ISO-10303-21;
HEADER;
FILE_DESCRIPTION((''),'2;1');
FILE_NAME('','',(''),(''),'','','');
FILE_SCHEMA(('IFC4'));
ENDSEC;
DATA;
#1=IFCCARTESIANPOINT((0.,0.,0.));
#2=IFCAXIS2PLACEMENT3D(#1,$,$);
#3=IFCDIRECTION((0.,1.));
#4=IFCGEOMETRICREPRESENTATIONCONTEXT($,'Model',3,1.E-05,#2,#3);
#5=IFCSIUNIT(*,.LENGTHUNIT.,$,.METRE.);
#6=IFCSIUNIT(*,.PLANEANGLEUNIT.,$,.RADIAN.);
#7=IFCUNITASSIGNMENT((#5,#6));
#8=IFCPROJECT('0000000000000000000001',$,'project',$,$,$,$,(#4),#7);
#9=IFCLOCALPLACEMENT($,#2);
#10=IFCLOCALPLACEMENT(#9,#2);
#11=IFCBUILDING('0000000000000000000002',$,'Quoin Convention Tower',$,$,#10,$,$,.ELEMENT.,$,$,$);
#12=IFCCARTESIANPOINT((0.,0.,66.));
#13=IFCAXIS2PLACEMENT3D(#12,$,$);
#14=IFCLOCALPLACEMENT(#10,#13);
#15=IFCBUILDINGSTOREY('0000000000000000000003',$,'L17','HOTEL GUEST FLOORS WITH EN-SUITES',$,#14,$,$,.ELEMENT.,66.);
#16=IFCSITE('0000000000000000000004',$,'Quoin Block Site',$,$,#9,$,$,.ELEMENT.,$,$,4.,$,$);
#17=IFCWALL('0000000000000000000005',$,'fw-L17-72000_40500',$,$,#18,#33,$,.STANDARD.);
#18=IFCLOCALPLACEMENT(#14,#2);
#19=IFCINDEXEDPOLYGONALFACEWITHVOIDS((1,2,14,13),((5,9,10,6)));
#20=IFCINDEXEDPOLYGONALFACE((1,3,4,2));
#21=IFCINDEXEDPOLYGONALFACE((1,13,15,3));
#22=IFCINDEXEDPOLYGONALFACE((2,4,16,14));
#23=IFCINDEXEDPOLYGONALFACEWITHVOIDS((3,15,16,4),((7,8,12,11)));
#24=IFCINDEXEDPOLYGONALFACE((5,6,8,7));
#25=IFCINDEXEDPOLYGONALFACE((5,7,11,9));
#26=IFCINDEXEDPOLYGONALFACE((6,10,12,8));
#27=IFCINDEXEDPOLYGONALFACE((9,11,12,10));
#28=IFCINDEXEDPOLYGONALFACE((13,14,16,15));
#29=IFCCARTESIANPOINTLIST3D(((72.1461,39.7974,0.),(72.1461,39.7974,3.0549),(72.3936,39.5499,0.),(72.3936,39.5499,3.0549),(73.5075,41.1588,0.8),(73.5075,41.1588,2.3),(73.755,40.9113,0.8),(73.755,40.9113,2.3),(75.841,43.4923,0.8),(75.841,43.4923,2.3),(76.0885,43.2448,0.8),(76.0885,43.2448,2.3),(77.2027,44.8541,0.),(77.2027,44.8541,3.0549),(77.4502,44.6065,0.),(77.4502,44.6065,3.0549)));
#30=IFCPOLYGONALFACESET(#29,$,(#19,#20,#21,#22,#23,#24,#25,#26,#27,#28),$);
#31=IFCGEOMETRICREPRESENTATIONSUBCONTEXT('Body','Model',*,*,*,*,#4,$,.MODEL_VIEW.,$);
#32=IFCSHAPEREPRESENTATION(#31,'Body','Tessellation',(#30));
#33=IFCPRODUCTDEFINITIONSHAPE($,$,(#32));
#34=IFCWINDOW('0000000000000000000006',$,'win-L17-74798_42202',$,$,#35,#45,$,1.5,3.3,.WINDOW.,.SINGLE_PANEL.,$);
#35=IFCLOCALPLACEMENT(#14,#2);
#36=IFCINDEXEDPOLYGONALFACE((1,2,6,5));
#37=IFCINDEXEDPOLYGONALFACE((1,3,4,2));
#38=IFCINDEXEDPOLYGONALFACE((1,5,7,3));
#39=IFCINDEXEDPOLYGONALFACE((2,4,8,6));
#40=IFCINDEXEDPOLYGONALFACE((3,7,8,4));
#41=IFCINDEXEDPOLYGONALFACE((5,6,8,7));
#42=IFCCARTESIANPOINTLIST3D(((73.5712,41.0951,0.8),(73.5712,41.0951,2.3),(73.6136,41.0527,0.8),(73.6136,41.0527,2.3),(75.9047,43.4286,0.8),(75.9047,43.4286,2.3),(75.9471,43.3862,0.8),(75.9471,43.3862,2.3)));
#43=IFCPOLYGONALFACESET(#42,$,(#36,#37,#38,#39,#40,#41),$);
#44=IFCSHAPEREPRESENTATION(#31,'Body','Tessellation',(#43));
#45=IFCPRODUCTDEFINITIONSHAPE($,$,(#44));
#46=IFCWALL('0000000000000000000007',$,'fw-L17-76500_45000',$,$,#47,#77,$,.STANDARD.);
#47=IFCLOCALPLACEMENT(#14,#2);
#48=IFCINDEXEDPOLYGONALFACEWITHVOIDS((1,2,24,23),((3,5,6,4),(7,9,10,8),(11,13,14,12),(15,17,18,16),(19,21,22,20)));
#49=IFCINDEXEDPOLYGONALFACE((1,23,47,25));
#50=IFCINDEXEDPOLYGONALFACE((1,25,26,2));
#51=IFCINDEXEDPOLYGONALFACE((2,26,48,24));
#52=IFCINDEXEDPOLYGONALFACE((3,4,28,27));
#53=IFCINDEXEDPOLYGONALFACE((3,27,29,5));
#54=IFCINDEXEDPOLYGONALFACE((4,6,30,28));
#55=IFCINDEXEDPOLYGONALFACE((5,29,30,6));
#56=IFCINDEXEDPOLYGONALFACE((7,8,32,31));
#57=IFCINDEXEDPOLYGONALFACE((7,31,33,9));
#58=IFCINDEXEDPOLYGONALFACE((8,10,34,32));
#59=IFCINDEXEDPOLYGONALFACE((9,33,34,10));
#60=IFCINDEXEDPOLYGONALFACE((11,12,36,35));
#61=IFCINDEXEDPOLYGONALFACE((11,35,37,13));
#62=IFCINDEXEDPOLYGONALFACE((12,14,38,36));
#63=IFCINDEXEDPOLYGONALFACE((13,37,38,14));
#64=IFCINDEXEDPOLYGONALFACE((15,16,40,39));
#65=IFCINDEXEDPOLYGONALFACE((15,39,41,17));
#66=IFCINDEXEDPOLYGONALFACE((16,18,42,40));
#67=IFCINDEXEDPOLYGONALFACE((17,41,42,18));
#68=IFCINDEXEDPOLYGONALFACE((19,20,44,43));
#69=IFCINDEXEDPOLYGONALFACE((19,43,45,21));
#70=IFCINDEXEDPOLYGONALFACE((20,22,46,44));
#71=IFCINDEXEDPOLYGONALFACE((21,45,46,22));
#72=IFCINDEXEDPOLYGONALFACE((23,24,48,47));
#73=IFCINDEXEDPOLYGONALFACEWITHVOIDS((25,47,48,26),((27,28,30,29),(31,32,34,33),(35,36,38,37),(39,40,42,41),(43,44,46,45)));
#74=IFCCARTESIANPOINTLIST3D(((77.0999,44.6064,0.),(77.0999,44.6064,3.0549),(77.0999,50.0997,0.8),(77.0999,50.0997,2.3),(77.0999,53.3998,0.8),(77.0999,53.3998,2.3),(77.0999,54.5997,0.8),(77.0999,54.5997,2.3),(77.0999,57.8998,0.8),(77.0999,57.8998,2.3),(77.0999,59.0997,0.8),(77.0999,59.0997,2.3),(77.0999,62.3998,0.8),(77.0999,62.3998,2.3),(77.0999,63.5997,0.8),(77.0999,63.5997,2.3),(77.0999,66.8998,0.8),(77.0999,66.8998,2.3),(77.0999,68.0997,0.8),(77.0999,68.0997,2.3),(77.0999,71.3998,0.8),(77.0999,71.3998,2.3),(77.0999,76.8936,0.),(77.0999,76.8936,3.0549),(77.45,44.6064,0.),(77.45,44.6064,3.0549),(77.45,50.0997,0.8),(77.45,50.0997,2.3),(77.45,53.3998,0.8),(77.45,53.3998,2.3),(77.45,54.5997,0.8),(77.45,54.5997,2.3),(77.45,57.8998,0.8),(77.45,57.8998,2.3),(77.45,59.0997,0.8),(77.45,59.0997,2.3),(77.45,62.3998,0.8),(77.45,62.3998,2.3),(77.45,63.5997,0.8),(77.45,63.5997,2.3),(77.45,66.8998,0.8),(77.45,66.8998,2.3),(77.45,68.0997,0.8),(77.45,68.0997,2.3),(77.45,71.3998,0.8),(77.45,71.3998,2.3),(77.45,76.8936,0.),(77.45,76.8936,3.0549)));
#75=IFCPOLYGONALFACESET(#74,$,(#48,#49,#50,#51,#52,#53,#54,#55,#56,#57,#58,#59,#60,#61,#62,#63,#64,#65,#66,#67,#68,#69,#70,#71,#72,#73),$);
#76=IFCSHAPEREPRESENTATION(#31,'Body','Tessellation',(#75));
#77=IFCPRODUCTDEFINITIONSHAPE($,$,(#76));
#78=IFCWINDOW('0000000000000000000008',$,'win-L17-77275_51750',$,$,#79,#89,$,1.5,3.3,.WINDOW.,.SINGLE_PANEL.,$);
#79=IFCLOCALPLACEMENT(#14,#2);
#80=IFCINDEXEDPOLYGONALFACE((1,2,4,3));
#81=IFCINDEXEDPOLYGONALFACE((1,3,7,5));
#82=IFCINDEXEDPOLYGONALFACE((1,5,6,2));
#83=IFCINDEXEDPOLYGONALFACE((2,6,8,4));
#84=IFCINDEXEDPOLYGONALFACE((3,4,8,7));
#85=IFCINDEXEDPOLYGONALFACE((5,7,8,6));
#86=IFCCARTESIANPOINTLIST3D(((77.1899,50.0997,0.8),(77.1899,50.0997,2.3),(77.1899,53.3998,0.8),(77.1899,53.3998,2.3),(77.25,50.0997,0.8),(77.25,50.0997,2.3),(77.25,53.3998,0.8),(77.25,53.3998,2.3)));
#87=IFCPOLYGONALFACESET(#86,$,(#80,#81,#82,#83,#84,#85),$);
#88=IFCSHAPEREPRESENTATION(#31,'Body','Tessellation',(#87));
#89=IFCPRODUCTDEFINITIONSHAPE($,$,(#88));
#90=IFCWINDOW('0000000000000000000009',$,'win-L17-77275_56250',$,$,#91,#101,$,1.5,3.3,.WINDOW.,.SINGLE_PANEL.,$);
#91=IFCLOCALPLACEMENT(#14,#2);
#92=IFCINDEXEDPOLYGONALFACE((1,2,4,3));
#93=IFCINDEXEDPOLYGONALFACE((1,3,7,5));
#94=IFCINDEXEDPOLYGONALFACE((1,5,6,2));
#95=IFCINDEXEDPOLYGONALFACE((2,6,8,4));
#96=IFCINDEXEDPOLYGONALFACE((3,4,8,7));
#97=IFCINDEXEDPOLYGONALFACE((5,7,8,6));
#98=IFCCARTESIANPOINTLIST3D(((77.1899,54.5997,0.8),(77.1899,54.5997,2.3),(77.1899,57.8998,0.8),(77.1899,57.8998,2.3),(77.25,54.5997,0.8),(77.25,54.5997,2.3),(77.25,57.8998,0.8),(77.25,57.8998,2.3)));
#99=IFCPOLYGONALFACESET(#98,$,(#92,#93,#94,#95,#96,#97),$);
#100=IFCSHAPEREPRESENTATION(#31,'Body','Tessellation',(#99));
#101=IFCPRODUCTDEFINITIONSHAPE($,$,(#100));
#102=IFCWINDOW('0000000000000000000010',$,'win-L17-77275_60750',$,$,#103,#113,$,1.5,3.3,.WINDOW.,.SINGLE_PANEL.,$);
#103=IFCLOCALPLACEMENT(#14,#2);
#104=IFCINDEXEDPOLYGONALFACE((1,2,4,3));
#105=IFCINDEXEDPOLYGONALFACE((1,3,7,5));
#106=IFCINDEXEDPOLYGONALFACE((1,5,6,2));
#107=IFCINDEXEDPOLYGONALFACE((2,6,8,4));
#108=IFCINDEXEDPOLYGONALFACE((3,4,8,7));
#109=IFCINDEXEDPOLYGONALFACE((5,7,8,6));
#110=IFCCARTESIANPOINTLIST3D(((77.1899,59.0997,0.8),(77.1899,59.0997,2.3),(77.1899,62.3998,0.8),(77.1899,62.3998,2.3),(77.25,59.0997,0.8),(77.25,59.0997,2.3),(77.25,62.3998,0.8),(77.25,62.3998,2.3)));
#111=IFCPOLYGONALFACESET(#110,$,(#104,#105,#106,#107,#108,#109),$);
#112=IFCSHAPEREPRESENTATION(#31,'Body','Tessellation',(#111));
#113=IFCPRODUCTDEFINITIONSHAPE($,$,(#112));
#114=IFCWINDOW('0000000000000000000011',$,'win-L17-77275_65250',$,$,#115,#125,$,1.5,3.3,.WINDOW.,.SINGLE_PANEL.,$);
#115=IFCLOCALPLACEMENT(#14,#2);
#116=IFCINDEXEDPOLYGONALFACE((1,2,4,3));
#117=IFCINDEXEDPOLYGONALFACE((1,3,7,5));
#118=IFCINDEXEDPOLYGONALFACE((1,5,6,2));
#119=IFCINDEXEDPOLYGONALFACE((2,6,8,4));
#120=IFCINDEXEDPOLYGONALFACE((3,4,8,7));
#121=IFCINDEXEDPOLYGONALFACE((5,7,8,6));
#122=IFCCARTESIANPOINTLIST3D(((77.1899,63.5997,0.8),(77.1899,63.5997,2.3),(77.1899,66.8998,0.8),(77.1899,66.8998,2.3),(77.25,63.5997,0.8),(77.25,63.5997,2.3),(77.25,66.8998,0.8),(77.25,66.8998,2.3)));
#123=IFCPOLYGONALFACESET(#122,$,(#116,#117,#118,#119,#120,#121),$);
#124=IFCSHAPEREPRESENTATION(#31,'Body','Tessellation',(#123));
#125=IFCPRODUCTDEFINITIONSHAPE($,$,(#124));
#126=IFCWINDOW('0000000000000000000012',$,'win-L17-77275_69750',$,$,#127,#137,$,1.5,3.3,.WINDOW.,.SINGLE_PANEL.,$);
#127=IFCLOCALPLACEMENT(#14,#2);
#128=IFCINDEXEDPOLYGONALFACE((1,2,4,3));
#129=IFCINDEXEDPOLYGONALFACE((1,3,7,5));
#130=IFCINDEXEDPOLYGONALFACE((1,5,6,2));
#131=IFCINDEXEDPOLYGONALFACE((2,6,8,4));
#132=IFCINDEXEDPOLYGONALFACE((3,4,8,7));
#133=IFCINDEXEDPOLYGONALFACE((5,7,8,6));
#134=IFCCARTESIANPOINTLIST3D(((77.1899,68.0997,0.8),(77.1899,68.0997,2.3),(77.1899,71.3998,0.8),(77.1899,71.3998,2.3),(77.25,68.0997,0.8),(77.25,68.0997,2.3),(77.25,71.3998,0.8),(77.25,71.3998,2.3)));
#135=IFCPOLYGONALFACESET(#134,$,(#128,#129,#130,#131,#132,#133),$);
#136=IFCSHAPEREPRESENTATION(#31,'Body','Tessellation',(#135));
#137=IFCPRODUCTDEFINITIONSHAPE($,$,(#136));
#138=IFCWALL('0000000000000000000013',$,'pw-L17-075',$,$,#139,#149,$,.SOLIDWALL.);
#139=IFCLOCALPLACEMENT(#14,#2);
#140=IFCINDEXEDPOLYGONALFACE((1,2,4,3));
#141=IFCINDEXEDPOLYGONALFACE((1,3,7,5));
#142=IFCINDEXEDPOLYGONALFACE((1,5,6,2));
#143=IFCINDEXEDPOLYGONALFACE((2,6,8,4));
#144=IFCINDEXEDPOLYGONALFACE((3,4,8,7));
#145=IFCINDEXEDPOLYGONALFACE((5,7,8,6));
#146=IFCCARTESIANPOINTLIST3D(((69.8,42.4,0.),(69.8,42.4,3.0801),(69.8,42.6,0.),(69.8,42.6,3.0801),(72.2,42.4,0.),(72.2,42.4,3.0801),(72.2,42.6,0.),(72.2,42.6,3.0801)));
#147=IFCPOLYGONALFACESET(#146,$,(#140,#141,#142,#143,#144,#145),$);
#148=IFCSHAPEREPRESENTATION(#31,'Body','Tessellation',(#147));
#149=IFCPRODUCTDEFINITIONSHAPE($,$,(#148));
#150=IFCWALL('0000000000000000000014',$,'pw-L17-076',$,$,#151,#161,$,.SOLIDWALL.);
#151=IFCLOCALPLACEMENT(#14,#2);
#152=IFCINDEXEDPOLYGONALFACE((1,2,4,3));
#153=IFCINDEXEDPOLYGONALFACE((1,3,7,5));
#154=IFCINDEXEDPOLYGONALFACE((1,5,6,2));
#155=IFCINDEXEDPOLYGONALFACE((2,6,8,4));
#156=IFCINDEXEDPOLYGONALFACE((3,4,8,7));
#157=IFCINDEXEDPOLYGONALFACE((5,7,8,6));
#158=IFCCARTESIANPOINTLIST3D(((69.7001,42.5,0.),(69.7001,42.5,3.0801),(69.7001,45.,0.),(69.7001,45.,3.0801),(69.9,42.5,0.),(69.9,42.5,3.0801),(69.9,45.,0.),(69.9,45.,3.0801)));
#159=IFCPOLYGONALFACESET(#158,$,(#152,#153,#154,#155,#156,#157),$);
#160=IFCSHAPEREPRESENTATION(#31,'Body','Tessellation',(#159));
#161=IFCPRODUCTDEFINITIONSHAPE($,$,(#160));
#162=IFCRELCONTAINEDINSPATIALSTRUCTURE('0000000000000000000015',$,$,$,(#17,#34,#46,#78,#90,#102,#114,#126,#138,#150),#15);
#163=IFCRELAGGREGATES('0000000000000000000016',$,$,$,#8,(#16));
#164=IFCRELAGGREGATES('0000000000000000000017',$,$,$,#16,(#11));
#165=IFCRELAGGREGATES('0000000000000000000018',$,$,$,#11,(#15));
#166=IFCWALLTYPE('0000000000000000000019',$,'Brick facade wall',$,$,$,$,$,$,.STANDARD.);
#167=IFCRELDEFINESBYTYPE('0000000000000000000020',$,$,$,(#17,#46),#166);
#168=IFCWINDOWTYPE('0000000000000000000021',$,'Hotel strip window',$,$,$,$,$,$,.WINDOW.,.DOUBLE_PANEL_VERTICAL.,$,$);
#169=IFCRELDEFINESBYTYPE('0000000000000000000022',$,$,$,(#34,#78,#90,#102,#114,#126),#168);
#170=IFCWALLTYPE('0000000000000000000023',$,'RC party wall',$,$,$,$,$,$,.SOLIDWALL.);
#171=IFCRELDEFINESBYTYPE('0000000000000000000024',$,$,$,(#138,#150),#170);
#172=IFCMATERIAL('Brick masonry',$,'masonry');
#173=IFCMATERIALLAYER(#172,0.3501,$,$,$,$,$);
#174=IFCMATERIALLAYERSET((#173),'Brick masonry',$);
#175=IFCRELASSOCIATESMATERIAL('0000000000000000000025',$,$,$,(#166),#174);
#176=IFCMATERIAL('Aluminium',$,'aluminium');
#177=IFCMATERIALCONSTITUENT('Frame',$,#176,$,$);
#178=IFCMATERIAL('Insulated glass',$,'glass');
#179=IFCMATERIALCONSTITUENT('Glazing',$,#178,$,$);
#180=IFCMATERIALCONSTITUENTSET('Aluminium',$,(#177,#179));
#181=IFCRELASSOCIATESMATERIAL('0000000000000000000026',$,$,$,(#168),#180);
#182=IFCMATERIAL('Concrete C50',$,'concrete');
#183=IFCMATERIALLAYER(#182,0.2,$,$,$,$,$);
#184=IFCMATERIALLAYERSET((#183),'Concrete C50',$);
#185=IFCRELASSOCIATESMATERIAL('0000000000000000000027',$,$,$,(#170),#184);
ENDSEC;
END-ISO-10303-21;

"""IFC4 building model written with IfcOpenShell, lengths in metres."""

from ifc_helpers import new_model, si_unit, direction, frame, frame_2d, origin, place, context, subcontext, project, spatial, rectangle, extrude, material, layer, layer_set, constituent, constituent_set, type_object, element, fill, save


model = new_model("IFC4")

# Units and contexts
model_context = context("Model", 3, precision=1e-05, world=origin(), true_north=direction((0.0, 1.0)))
body_context = subcontext(model_context, "Body", "Model", "MODEL_VIEW")
ifc_project = project(units=[si_unit("LENGTHUNIT", "METRE"), si_unit("PLANEANGLEUNIT", "RADIAN")], contexts=[model_context])

# Site, building, storey
site_placement = place(None, origin())
site = spatial("IfcSite", under=ifc_project, at=site_placement, Name="Quoin Block Site", CompositionType="ELEMENT", RefElevation=4.0)
building_placement = place(site_placement, origin())
building = spatial("IfcBuilding", under=site, at=building_placement, Name="Quoin Convention Tower", CompositionType="ELEMENT")
storey_placement = place(building_placement, frame((0.0, 0.0, 66.0)))
storey = spatial("IfcBuildingStorey", under=building, at=storey_placement, Name="L17", Description="HOTEL GUEST FLOORS WITH EN-SUITES", CompositionType="ELEMENT", Elevation=66.0)

# Wall, opening, window
ifc_material_1 = material(Name="Brick masonry", Category="masonry")
ifc_layer_1 = layer(ifc_material_1, 0.3501)
ifc_layer_set_1 = layer_set([ifc_layer_1], Name="Brick masonry")
wall_type_1 = type_object("IfcWallType", Name="Brick facade wall", PredefinedType="STANDARD", material=ifc_layer_set_1)
wall_1_placement = place(storey_placement, frame((72.2698, 39.6736, 0.0), z_axis=(0.0, 0.0, 1.0), x_axis=(0.707107, 0.707107, 0.0)))
wall_1 = element("IfcWall", 1, at=wall_1_placement, inside=storey, type_object=wall_type_1, Name="fw-L17-72000_40500", PredefinedType="STANDARD", context=body_context, shape_type="SweptSolid", body=[
    extrude(rectangle(XDim=7.1511, YDim=0.3501, at=frame_2d((3.5757, 0.0))), origin(), (0.0, 0.0, 1.0), 3.0549),
])
opening_1_placement = place(wall_1_placement, frame((1.9255, 0.0, 0.8)))
opening_1 = element("IfcOpeningElement", 2, at=opening_1_placement, cuts=wall_1, PredefinedType="OPENING", context=body_context, shape_type="SweptSolid", body=[
    extrude(rectangle(XDim=3.3, YDim=1.5, at=frame_2d((1.6499, 0.75))), frame((0.0, 0.1851, 0.0), z_axis=(0.0, -1.0, 0.0), x_axis=(1.0, 0.0, 0.0)), (0.0, 0.0, 1.0), 0.3701),
])
ifc_material_2 = material(Name="Aluminium", Category="aluminium")
ifc_constituent_1 = constituent(ifc_material_2, Name="Frame")
ifc_material_3 = material(Name="Insulated glass", Category="glass")
ifc_constituent_2 = constituent(ifc_material_3, Name="Glazing")
ifc_constituent_set = constituent_set(constituents=[ifc_constituent_1, ifc_constituent_2], Name="Aluminium")
window_type = type_object("IfcWindowType", Name="Hotel strip window", PartitioningType="DOUBLE_PANEL_VERTICAL", PredefinedType="WINDOW", material=ifc_constituent_set)
window_1_placement = place(opening_1_placement, origin())
window_1 = element("IfcWindow", 3, at=window_1_placement, inside=storey, type_object=window_type, Name="win-L17-74798_42202", OverallHeight=1.5, OverallWidth=3.3, PartitioningType="SINGLE_PANEL", PredefinedType="WINDOW", context=body_context, shape_type="SweptSolid", body=[
    extrude(rectangle(XDim=3.3, YDim=1.5, at=frame_2d((1.6499, 0.75))), frame((0.0, 0.085, 0.0), z_axis=(0.0, -1.0, 0.0), x_axis=(1.0, 0.0, 0.0)), (0.0, 0.0, 1.0), 0.0601),
])
fill(opening_1, window_1)

# Wall, openings, windows
wall_2_placement = place(storey_placement, frame((77.2749, 44.6064, 0.0), z_axis=(0.0, 0.0, 1.0), x_axis=(0.0, 1.0, 0.0)))
wall_2 = element("IfcWall", 4, at=wall_2_placement, inside=storey, type_object=wall_type_1, Name="fw-L17-76500_45000", PredefinedType="STANDARD", context=body_context, shape_type="SweptSolid", body=[
    extrude(rectangle(XDim=32.2871, YDim=0.3501, at=frame_2d((16.1436, 0.0))), origin(), (0.0, 0.0, 1.0), 3.0549),
])
opening_2_placement = place(wall_2_placement, frame((5.4934, 0.0, 0.8)))
opening_2 = element("IfcOpeningElement", 5, at=opening_2_placement, cuts=wall_2, PredefinedType="OPENING", context=body_context, shape_type="SweptSolid", body=[
    extrude(rectangle(XDim=3.3, YDim=1.5, at=frame_2d((1.6499, 0.75))), frame((0.0, 0.1851, 0.0), z_axis=(0.0, -1.0, 0.0), x_axis=(1.0, 0.0, 0.0)), (0.0, 0.0, 1.0), 0.3701),
])
opening_3_placement = place(wall_2_placement, frame((9.9934, 0.0, 0.8)))
opening_3 = element("IfcOpeningElement", 6, at=opening_3_placement, cuts=wall_2, PredefinedType="OPENING", context=body_context, shape_type="SweptSolid", body=[
    extrude(rectangle(XDim=3.3, YDim=1.5, at=frame_2d((1.6499, 0.75))), frame((0.0, 0.1851, 0.0), z_axis=(0.0, -1.0, 0.0), x_axis=(1.0, 0.0, 0.0)), (0.0, 0.0, 1.0), 0.3701),
])
opening_4_placement = place(wall_2_placement, frame((14.4934, 0.0, 0.8)))
opening_4 = element("IfcOpeningElement", 7, at=opening_4_placement, cuts=wall_2, PredefinedType="OPENING", context=body_context, shape_type="SweptSolid", body=[
    extrude(rectangle(XDim=3.3, YDim=1.5, at=frame_2d((1.6499, 0.75))), frame((0.0, 0.1851, 0.0), z_axis=(0.0, -1.0, 0.0), x_axis=(1.0, 0.0, 0.0)), (0.0, 0.0, 1.0), 0.3701),
])
opening_5_placement = place(wall_2_placement, frame((18.9934, 0.0, 0.8)))
opening_5 = element("IfcOpeningElement", 8, at=opening_5_placement, cuts=wall_2, PredefinedType="OPENING", context=body_context, shape_type="SweptSolid", body=[
    extrude(rectangle(XDim=3.3, YDim=1.5, at=frame_2d((1.6499, 0.75))), frame((0.0, 0.1851, 0.0), z_axis=(0.0, -1.0, 0.0), x_axis=(1.0, 0.0, 0.0)), (0.0, 0.0, 1.0), 0.3701),
])
opening_6_placement = place(wall_2_placement, frame((23.4934, 0.0, 0.8)))
opening_6 = element("IfcOpeningElement", 9, at=opening_6_placement, cuts=wall_2, PredefinedType="OPENING", context=body_context, shape_type="SweptSolid", body=[
    extrude(rectangle(XDim=3.3, YDim=1.5, at=frame_2d((1.6499, 0.75))), frame((0.0, 0.1851, 0.0), z_axis=(0.0, -1.0, 0.0), x_axis=(1.0, 0.0, 0.0)), (0.0, 0.0, 1.0), 0.3701),
])
window_2_placement = place(opening_2_placement, origin())
window_2 = element("IfcWindow", 10, at=window_2_placement, inside=storey, type_object=window_type, Name="win-L17-77275_51750", OverallHeight=1.5, OverallWidth=3.3, PartitioningType="SINGLE_PANEL", PredefinedType="WINDOW", context=body_context, shape_type="SweptSolid", body=[
    extrude(rectangle(XDim=3.3, YDim=1.5, at=frame_2d((1.6499, 0.75))), frame((0.0, 0.085, 0.0), z_axis=(0.0, -1.0, 0.0), x_axis=(1.0, 0.0, 0.0)), (0.0, 0.0, 1.0), 0.0601),
])
fill(opening_2, window_2)
window_3_placement = place(opening_3_placement, origin())
window_3 = element("IfcWindow", 11, at=window_3_placement, inside=storey, type_object=window_type, Name="win-L17-77275_56250", OverallHeight=1.5, OverallWidth=3.3, PartitioningType="SINGLE_PANEL", PredefinedType="WINDOW", context=body_context, shape_type="SweptSolid", body=[
    extrude(rectangle(XDim=3.3, YDim=1.5, at=frame_2d((1.6499, 0.75))), frame((0.0, 0.085, 0.0), z_axis=(0.0, -1.0, 0.0), x_axis=(1.0, 0.0, 0.0)), (0.0, 0.0, 1.0), 0.0601),
])
fill(opening_3, window_3)
window_4_placement = place(opening_4_placement, origin())
window_4 = element("IfcWindow", 12, at=window_4_placement, inside=storey, type_object=window_type, Name="win-L17-77275_60750", OverallHeight=1.5, OverallWidth=3.3, PartitioningType="SINGLE_PANEL", PredefinedType="WINDOW", context=body_context, shape_type="SweptSolid", body=[
    extrude(rectangle(XDim=3.3, YDim=1.5, at=frame_2d((1.6499, 0.75))), frame((0.0, 0.085, 0.0), z_axis=(0.0, -1.0, 0.0), x_axis=(1.0, 0.0, 0.0)), (0.0, 0.0, 1.0), 0.0601),
])
fill(opening_4, window_4)
window_5_placement = place(opening_5_placement, origin())
window_5 = element("IfcWindow", 13, at=window_5_placement, inside=storey, type_object=window_type, Name="win-L17-77275_65250", OverallHeight=1.5, OverallWidth=3.3, PartitioningType="SINGLE_PANEL", PredefinedType="WINDOW", context=body_context, shape_type="SweptSolid", body=[
    extrude(rectangle(XDim=3.3, YDim=1.5, at=frame_2d((1.6499, 0.75))), frame((0.0, 0.085, 0.0), z_axis=(0.0, -1.0, 0.0), x_axis=(1.0, 0.0, 0.0)), (0.0, 0.0, 1.0), 0.0601),
])
fill(opening_5, window_5)
window_6_placement = place(opening_6_placement, origin())
window_6 = element("IfcWindow", 14, at=window_6_placement, inside=storey, type_object=window_type, Name="win-L17-77275_69750", OverallHeight=1.5, OverallWidth=3.3, PartitioningType="SINGLE_PANEL", PredefinedType="WINDOW", context=body_context, shape_type="SweptSolid", body=[
    extrude(rectangle(XDim=3.3, YDim=1.5, at=frame_2d((1.6499, 0.75))), frame((0.0, 0.085, 0.0), z_axis=(0.0, -1.0, 0.0), x_axis=(1.0, 0.0, 0.0)), (0.0, 0.0, 1.0), 0.0601),
])
fill(opening_6, window_6)

# Walls
ifc_material_4 = material(Name="Concrete C50", Category="concrete")
ifc_layer_2 = layer(ifc_material_4, 0.2)
ifc_layer_set_2 = layer_set([ifc_layer_2], Name="Concrete C50")
wall_type_2 = type_object("IfcWallType", Name="RC party wall", PredefinedType="SOLIDWALL", material=ifc_layer_set_2)
wall_3_placement = place(storey_placement, frame((69.8, 42.5, 0.0), z_axis=(0.0, 0.0, 1.0), x_axis=(1.0, 0.0, 0.0)))
element("IfcWall", 15, at=wall_3_placement, inside=storey, type_object=wall_type_2, Name="pw-L17-075", PredefinedType="SOLIDWALL", context=body_context, shape_type="SweptSolid", body=[
    extrude(rectangle(XDim=2.3999, YDim=0.2, at=frame_2d((1.2, 0.0))), origin(), (0.0, 0.0, 1.0), 3.0801),
])
wall_4_placement = place(storey_placement, frame((69.8, 42.5, 0.0), z_axis=(0.0, 0.0, 1.0), x_axis=(0.0, 1.0, 0.0)))
element("IfcWall", 16, at=wall_4_placement, inside=storey, type_object=wall_type_2, Name="pw-L17-076", PredefinedType="SOLIDWALL", context=body_context, shape_type="SweptSolid", body=[
    extrude(rectangle(XDim=2.5, YDim=0.2, at=frame_2d((1.25, 0.0))), origin(), (0.0, 0.0, 1.0), 3.0801),
])

save(model, "model.ifc")
